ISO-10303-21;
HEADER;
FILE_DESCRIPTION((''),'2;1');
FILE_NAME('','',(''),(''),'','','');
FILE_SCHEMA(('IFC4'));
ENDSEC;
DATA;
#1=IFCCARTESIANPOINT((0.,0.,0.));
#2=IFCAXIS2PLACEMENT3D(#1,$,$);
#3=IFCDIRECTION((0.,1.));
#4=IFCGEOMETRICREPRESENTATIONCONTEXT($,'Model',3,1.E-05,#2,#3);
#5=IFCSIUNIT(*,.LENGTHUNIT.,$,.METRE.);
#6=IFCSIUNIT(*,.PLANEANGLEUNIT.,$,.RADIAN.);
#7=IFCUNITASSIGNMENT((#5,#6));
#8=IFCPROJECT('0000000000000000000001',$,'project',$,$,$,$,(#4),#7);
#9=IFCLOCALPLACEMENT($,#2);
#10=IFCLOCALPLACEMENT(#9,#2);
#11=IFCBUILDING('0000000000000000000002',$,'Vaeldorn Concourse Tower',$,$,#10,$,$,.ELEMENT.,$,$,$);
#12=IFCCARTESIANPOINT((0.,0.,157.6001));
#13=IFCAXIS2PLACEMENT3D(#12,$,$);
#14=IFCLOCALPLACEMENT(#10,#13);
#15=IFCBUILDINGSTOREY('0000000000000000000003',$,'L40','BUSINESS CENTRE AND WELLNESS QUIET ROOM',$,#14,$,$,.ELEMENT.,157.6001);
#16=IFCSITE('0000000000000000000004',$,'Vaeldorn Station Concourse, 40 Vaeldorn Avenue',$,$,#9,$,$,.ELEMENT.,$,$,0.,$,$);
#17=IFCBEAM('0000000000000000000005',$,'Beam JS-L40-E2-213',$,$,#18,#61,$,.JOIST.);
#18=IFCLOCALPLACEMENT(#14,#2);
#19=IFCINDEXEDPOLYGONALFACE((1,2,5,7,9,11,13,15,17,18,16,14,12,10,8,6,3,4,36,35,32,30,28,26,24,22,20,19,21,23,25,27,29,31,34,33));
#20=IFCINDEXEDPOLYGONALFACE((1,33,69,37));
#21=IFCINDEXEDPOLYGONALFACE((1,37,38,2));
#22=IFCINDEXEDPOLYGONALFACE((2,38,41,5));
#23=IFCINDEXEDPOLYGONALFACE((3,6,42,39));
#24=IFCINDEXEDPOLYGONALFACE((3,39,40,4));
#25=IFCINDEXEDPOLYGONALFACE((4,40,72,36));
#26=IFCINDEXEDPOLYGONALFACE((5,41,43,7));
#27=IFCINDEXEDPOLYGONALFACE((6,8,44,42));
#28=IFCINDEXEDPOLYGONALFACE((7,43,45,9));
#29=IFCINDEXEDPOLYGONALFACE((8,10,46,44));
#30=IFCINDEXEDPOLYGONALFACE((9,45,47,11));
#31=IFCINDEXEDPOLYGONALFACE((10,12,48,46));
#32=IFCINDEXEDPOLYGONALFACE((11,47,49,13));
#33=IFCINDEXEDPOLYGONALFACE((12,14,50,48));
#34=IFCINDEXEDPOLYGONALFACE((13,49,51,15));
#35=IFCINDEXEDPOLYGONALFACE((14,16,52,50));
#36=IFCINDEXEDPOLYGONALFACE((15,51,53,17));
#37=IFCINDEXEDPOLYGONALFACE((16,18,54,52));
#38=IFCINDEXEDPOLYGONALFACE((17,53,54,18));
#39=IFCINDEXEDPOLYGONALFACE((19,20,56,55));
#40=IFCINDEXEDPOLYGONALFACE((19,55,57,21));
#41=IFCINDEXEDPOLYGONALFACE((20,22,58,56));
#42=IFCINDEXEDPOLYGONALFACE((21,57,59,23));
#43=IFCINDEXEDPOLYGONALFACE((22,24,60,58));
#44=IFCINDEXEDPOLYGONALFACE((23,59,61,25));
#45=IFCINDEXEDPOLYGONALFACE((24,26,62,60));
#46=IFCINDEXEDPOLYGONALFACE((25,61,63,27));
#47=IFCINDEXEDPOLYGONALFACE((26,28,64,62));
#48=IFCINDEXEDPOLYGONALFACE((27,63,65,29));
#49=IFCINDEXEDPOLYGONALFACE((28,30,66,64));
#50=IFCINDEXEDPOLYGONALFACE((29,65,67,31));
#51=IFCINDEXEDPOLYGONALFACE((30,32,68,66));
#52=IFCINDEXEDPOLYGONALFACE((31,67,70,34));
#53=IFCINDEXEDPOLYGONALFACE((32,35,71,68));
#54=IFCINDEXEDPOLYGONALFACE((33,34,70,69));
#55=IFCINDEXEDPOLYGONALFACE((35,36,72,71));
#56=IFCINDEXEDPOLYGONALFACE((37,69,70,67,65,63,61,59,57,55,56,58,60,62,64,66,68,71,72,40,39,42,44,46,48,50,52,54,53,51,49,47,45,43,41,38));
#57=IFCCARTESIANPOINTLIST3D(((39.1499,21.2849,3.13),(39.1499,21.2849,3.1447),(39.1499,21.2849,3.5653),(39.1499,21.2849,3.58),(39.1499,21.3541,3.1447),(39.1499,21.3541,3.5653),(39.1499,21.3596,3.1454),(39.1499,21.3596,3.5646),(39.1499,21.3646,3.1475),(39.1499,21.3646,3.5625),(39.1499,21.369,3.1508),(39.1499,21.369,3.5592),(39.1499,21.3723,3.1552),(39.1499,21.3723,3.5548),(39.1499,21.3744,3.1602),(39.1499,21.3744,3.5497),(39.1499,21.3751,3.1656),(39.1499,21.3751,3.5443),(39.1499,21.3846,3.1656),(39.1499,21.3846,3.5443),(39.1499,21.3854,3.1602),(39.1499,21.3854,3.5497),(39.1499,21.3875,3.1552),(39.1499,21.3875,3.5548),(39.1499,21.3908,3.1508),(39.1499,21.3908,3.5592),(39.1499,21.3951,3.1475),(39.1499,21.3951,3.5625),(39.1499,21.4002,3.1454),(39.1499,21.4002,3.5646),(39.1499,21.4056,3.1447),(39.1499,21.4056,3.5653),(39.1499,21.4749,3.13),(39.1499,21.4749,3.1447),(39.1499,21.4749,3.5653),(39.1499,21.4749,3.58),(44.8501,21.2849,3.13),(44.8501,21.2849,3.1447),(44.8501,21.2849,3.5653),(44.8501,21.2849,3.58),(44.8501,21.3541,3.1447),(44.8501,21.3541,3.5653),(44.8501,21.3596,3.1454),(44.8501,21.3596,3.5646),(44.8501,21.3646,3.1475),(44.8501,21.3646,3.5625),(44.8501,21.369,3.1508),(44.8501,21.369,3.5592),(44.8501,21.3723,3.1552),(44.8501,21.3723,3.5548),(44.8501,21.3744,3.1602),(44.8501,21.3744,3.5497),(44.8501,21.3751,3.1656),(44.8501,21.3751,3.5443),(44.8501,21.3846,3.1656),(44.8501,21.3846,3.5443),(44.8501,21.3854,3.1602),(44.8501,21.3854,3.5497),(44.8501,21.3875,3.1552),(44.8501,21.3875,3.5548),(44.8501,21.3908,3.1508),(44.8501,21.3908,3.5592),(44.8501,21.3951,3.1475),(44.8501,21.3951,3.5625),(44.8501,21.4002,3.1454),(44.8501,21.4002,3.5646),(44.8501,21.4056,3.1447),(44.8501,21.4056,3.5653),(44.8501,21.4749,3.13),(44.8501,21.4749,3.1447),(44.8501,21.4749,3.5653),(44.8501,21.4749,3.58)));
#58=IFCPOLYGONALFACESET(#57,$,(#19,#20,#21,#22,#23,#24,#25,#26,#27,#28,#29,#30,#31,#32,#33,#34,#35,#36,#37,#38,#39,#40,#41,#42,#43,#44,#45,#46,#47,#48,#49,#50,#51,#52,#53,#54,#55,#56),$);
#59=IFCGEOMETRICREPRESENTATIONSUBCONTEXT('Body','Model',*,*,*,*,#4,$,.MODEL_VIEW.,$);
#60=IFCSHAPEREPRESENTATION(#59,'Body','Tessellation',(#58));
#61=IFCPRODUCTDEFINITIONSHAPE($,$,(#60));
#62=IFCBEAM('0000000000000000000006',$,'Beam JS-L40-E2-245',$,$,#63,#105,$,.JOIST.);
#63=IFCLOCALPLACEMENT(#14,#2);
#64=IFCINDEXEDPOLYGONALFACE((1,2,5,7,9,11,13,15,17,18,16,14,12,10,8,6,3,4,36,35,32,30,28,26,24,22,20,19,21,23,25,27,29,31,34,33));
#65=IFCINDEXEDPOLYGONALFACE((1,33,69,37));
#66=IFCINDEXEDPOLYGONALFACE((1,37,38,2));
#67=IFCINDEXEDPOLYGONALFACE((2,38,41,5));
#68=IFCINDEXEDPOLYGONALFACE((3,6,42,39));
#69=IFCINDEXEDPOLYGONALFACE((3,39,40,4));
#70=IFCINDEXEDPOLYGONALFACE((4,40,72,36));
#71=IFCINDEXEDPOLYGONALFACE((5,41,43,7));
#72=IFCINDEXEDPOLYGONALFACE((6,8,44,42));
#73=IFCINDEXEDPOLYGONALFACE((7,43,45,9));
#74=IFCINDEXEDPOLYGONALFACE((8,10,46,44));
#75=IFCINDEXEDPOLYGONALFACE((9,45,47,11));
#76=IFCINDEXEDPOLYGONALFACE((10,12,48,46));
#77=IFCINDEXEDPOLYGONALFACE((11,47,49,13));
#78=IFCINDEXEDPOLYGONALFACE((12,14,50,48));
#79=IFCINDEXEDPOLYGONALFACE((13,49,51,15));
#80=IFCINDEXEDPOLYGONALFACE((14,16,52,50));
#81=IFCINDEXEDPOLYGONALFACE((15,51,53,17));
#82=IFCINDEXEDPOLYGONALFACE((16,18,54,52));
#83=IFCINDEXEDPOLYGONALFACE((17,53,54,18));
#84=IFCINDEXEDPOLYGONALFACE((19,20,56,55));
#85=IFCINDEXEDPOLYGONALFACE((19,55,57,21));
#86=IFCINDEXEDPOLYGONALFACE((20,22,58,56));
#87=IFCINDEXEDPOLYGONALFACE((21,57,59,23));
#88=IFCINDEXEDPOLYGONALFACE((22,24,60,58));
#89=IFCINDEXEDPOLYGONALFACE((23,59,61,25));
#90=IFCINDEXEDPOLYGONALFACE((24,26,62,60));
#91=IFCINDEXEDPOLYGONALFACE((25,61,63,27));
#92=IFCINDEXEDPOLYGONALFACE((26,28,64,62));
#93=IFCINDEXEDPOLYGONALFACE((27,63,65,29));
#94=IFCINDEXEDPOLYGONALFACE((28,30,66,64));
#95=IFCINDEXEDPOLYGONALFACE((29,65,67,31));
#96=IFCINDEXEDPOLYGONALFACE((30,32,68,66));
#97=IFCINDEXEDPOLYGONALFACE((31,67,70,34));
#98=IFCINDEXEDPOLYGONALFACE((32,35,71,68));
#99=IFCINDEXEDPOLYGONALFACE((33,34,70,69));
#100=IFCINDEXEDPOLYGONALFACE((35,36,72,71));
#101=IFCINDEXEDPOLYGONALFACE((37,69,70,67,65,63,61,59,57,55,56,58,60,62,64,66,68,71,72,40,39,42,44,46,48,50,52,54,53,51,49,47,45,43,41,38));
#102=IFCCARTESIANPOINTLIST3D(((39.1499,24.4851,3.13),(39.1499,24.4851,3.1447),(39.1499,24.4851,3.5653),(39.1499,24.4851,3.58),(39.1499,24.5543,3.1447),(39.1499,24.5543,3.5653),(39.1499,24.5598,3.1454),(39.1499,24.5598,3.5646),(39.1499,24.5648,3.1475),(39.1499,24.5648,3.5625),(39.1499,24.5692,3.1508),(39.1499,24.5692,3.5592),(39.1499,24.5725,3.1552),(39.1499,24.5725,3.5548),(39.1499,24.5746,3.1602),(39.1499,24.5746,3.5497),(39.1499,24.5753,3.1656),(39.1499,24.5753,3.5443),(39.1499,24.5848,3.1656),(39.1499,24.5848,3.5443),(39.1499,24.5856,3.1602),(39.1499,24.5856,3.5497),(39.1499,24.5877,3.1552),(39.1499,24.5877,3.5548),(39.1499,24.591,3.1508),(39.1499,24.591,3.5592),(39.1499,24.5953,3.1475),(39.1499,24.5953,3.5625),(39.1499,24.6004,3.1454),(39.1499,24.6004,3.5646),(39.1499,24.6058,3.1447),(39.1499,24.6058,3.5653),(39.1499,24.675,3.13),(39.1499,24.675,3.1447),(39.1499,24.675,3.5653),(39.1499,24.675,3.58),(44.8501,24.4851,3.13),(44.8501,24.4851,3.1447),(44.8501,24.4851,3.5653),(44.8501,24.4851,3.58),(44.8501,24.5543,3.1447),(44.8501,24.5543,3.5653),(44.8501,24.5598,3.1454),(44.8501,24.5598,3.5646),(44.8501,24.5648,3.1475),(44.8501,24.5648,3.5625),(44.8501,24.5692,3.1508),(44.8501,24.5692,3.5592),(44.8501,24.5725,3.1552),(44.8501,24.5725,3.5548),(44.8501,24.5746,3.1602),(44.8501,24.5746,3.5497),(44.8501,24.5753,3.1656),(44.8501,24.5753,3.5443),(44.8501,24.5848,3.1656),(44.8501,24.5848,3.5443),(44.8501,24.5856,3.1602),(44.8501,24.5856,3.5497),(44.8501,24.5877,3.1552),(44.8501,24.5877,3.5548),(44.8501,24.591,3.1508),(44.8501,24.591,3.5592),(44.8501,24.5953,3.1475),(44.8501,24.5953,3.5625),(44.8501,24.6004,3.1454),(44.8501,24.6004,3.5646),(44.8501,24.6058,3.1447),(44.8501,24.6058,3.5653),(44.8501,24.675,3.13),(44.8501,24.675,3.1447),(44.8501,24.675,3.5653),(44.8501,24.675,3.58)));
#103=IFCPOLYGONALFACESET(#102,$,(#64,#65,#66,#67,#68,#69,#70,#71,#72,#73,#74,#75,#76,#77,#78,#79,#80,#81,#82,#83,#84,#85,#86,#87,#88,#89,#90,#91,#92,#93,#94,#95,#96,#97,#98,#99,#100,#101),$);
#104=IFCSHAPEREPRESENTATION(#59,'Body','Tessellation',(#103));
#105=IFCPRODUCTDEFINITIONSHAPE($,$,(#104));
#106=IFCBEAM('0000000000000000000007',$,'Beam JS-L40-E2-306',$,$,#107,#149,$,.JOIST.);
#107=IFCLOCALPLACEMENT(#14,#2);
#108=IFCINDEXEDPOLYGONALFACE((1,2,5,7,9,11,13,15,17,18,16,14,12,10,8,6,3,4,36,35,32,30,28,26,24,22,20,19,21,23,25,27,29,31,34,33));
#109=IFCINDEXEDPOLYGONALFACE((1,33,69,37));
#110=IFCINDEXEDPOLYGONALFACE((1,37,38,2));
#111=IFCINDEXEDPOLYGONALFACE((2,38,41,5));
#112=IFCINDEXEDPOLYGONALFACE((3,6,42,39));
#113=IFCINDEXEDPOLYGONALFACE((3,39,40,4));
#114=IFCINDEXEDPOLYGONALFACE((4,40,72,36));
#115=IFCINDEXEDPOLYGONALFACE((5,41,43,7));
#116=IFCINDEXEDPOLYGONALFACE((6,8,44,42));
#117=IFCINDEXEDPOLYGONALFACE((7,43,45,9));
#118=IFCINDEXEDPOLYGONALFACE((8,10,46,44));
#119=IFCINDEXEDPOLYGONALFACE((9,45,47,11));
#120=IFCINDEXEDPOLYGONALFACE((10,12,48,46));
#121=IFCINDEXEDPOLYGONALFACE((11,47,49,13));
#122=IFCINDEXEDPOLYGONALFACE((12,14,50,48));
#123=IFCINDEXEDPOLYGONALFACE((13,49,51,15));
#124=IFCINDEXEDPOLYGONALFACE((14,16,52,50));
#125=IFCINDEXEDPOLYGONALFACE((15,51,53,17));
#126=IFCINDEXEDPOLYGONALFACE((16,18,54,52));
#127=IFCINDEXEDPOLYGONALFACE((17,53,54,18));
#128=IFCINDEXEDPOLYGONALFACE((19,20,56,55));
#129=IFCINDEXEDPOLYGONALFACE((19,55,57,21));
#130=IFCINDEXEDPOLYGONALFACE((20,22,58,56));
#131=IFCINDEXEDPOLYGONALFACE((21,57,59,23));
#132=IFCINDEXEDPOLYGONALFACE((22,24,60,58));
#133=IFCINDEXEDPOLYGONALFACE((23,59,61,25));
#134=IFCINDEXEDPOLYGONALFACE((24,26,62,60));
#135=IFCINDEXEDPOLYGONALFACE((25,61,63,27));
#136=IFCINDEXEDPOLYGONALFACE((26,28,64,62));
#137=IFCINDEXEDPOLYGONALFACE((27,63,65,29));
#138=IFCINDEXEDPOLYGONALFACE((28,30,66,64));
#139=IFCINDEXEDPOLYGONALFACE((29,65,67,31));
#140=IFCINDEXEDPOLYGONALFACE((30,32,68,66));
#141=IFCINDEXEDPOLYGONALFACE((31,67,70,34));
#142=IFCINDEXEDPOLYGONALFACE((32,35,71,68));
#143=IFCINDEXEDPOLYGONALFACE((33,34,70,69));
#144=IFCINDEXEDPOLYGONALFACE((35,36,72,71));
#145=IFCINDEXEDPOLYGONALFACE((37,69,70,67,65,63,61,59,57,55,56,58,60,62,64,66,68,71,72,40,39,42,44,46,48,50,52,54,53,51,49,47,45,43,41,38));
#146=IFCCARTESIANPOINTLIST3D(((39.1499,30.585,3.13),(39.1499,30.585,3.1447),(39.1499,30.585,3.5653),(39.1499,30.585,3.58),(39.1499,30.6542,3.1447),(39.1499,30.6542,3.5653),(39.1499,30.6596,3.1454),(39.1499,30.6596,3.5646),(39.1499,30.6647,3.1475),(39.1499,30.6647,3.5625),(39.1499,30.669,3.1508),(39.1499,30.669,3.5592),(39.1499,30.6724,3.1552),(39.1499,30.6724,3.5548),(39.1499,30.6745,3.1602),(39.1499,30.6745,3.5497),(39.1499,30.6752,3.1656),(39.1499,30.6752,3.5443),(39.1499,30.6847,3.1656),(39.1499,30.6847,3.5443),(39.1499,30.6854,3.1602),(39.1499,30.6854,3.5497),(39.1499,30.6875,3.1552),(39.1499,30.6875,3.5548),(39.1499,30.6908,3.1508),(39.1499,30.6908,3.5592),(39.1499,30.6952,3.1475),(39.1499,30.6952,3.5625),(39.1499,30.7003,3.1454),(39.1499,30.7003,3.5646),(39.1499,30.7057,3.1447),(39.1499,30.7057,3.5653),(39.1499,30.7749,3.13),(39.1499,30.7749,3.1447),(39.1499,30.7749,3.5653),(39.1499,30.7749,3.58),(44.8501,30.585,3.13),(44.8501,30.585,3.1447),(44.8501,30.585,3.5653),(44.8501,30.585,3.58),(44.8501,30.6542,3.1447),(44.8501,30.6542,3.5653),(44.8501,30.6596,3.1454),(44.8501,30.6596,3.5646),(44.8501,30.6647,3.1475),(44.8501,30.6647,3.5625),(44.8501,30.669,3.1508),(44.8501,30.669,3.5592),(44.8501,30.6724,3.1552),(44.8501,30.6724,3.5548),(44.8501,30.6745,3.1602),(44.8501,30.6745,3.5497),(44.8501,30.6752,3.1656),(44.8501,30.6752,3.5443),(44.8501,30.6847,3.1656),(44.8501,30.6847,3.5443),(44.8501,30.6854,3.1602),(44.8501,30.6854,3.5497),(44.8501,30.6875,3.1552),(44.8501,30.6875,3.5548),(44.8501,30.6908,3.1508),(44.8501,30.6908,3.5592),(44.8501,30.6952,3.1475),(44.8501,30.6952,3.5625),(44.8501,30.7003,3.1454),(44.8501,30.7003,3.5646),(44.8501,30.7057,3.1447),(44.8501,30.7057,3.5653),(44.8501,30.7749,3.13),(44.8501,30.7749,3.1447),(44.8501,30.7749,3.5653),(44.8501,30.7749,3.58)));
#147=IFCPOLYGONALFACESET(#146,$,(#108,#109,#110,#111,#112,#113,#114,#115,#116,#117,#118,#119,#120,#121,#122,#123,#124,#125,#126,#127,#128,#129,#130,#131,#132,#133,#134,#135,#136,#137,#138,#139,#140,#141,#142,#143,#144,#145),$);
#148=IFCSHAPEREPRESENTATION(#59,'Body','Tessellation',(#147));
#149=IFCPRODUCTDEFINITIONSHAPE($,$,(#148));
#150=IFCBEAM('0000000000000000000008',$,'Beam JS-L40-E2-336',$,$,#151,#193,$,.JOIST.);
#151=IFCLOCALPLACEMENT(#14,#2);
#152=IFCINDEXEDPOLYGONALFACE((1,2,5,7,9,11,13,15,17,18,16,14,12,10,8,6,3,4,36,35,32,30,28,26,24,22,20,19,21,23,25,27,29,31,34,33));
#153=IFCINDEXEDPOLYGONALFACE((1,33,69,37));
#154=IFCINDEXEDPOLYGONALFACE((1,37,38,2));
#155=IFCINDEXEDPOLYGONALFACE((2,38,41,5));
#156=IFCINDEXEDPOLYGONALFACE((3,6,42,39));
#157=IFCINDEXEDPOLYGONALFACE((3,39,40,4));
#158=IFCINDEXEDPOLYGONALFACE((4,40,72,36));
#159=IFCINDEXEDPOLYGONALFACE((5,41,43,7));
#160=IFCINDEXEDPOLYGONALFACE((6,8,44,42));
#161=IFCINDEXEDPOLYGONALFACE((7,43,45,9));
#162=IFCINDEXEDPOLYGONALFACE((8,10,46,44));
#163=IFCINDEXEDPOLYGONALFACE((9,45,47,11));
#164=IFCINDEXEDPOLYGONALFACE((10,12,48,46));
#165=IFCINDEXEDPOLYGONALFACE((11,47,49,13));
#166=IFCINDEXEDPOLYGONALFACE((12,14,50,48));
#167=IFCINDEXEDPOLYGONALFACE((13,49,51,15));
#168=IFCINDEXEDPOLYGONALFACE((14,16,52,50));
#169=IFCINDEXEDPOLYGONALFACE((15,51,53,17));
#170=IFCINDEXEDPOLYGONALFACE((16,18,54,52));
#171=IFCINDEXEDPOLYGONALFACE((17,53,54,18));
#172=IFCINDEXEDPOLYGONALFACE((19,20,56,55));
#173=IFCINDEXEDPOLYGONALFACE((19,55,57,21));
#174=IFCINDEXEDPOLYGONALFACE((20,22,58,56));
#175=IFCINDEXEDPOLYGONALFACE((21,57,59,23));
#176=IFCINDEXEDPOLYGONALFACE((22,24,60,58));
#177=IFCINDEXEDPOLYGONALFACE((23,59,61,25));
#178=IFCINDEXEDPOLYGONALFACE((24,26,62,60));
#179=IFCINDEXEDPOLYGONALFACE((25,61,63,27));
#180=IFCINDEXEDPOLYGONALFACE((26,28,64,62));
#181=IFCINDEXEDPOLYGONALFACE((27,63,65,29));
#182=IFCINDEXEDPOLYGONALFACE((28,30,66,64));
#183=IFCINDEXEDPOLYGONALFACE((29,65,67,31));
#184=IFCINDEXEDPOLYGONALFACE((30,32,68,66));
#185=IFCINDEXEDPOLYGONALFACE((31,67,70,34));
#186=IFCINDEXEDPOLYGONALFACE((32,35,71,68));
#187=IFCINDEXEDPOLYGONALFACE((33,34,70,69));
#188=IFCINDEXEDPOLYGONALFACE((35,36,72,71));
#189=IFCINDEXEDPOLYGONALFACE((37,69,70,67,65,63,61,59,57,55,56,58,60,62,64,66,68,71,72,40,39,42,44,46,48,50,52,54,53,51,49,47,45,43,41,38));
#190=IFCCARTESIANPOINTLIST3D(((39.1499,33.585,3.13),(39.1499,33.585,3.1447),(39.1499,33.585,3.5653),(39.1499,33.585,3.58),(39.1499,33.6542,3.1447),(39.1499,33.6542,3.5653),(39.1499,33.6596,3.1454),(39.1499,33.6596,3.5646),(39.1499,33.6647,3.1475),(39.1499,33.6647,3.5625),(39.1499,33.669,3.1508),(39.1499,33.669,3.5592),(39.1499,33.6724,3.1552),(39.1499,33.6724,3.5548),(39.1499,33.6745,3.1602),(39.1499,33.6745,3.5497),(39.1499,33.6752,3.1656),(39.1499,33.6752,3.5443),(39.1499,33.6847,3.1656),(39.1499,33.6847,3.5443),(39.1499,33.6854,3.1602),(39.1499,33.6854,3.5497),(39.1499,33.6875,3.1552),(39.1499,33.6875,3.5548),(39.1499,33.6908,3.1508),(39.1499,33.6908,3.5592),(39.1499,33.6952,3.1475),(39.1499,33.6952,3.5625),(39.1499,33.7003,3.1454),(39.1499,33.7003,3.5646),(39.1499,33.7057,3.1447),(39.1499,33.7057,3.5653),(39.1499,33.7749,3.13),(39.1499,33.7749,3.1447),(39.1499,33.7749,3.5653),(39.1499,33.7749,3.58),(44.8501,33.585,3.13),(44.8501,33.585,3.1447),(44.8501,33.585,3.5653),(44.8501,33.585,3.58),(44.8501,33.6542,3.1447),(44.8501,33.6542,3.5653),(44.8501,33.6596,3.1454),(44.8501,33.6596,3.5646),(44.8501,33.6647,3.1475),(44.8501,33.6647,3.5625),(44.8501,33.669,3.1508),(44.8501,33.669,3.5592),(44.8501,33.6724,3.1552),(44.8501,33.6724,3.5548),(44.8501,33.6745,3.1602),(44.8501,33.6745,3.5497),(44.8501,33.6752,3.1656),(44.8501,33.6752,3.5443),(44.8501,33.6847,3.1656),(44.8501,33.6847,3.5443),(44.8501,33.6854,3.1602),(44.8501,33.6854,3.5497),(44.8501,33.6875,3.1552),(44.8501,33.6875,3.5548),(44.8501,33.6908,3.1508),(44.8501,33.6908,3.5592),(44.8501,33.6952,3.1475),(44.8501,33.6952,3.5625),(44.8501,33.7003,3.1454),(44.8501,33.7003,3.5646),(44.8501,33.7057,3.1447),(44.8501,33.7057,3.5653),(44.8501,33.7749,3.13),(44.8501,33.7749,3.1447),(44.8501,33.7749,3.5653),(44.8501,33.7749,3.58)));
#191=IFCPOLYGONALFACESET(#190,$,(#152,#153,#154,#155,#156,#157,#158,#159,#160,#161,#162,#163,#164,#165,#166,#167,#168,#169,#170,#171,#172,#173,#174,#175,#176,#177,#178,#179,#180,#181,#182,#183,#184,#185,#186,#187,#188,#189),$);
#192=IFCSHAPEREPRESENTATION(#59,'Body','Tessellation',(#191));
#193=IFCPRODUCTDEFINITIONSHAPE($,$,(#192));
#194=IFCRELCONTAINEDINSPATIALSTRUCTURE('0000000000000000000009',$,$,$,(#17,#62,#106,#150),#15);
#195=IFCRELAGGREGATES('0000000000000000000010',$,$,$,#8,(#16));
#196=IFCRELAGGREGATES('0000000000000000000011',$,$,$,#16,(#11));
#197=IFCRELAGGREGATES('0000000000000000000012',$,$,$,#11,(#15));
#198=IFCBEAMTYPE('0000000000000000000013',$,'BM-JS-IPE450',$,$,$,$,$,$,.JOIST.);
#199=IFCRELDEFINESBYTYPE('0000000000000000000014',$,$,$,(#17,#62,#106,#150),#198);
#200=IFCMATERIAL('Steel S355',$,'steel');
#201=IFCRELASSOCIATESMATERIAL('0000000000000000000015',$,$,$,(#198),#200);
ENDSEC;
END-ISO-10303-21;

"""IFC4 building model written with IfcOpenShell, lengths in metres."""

from ifc_helpers import new_model, si_unit, direction, frame, origin, origin_2d, place, context, subcontext, project, spatial, i_section, extrude, source, transform, mapped, material, material_profile, profile_set, type_object, element, save


model = new_model("IFC4")

# Units and contexts
model_context = context("Model", 3, precision=1e-05, world=origin(), true_north=direction((0.0, 1.0)))
body_context = subcontext(model_context, "Body", "Model", "MODEL_VIEW")
ifc_project = project(units=[si_unit("LENGTHUNIT", "METRE"), si_unit("PLANEANGLEUNIT", "RADIAN")], contexts=[model_context])

# Site, building, storey
site_placement = place(None, origin())
site = spatial("IfcSite", under=ifc_project, at=site_placement, Name="Vaeldorn Station Concourse, 40 Vaeldorn Avenue", CompositionType="ELEMENT", RefElevation=0.0)
building_placement = place(site_placement, origin())
building = spatial("IfcBuilding", under=site, at=building_placement, Name="Vaeldorn Concourse Tower", CompositionType="ELEMENT")
storey_placement = place(building_placement, frame((0.0, 0.0, 157.6001)))
storey = spatial("IfcBuildingStorey", under=building, at=storey_placement, Name="L40", Description="BUSINESS CENTRE AND WELLNESS QUIET ROOM", CompositionType="ELEMENT", Elevation=157.6001)

# Beams
ifc_material_1 = material(Name="Steel S355", Category="steel")
ifc_material_profile_1 = material_profile(ifc_material_1, i_section(OverallWidth=0.1899, OverallDepth=0.45, WebThickness=0.0095, FlangeThickness=0.0146, FilletRadius=0.021, at=origin_2d()), Name="IPE 450")
ifc_profile_set_1 = profile_set([ifc_material_profile_1], Name="Steel S355")
beam_type_1 = type_object("IfcBeamType", Name="BM-JS-IPE450", PredefinedType="JOIST", material=ifc_profile_set_1)
shared_shape_1 = source(origin(), body_context, "Body", "SweptSolid", [
    extrude(i_section(OverallWidth=0.1899, OverallDepth=0.45, WebThickness=0.0095, FlangeThickness=0.0146, FilletRadius=0.021, at=origin_2d()), origin(), (0.0, 0.0, 1.0), 5.7002),
])
for number, where, z_axis, x_axis, name in (
    (1, (39.1499, 21.3799, 3.355), (1.0, 0.0, 0.0), (0.0, 1.0, 0.0), "Beam JS-L40-E2-213"),
    (2, (39.1499, 24.5801, 3.355), (1.0, 0.0, 0.0), (0.0, 1.0, 0.0), "Beam JS-L40-E2-245"),
    (3, (39.1499, 30.6799, 3.355), (1.0, 0.0, 0.0), (0.0, 1.0, 0.0), "Beam JS-L40-E2-306"),
    (4, (39.1499, 33.6799, 3.355), (1.0, 0.0, 0.0), (0.0, 1.0, 0.0), "Beam JS-L40-E2-336"),
):
    element("IfcBeam", number, at=place(storey_placement, frame(where, z_axis=z_axis, x_axis=x_axis)), inside=storey, type_object=beam_type_1, Name=name, PredefinedType="JOIST", context=body_context, shape_type="MappedRepresentation", body=[
        mapped(shared_shape_1, transform((0.0, 0.0, 0.0), scale=1.0)),
    ])

save(model, "model.ifc")
